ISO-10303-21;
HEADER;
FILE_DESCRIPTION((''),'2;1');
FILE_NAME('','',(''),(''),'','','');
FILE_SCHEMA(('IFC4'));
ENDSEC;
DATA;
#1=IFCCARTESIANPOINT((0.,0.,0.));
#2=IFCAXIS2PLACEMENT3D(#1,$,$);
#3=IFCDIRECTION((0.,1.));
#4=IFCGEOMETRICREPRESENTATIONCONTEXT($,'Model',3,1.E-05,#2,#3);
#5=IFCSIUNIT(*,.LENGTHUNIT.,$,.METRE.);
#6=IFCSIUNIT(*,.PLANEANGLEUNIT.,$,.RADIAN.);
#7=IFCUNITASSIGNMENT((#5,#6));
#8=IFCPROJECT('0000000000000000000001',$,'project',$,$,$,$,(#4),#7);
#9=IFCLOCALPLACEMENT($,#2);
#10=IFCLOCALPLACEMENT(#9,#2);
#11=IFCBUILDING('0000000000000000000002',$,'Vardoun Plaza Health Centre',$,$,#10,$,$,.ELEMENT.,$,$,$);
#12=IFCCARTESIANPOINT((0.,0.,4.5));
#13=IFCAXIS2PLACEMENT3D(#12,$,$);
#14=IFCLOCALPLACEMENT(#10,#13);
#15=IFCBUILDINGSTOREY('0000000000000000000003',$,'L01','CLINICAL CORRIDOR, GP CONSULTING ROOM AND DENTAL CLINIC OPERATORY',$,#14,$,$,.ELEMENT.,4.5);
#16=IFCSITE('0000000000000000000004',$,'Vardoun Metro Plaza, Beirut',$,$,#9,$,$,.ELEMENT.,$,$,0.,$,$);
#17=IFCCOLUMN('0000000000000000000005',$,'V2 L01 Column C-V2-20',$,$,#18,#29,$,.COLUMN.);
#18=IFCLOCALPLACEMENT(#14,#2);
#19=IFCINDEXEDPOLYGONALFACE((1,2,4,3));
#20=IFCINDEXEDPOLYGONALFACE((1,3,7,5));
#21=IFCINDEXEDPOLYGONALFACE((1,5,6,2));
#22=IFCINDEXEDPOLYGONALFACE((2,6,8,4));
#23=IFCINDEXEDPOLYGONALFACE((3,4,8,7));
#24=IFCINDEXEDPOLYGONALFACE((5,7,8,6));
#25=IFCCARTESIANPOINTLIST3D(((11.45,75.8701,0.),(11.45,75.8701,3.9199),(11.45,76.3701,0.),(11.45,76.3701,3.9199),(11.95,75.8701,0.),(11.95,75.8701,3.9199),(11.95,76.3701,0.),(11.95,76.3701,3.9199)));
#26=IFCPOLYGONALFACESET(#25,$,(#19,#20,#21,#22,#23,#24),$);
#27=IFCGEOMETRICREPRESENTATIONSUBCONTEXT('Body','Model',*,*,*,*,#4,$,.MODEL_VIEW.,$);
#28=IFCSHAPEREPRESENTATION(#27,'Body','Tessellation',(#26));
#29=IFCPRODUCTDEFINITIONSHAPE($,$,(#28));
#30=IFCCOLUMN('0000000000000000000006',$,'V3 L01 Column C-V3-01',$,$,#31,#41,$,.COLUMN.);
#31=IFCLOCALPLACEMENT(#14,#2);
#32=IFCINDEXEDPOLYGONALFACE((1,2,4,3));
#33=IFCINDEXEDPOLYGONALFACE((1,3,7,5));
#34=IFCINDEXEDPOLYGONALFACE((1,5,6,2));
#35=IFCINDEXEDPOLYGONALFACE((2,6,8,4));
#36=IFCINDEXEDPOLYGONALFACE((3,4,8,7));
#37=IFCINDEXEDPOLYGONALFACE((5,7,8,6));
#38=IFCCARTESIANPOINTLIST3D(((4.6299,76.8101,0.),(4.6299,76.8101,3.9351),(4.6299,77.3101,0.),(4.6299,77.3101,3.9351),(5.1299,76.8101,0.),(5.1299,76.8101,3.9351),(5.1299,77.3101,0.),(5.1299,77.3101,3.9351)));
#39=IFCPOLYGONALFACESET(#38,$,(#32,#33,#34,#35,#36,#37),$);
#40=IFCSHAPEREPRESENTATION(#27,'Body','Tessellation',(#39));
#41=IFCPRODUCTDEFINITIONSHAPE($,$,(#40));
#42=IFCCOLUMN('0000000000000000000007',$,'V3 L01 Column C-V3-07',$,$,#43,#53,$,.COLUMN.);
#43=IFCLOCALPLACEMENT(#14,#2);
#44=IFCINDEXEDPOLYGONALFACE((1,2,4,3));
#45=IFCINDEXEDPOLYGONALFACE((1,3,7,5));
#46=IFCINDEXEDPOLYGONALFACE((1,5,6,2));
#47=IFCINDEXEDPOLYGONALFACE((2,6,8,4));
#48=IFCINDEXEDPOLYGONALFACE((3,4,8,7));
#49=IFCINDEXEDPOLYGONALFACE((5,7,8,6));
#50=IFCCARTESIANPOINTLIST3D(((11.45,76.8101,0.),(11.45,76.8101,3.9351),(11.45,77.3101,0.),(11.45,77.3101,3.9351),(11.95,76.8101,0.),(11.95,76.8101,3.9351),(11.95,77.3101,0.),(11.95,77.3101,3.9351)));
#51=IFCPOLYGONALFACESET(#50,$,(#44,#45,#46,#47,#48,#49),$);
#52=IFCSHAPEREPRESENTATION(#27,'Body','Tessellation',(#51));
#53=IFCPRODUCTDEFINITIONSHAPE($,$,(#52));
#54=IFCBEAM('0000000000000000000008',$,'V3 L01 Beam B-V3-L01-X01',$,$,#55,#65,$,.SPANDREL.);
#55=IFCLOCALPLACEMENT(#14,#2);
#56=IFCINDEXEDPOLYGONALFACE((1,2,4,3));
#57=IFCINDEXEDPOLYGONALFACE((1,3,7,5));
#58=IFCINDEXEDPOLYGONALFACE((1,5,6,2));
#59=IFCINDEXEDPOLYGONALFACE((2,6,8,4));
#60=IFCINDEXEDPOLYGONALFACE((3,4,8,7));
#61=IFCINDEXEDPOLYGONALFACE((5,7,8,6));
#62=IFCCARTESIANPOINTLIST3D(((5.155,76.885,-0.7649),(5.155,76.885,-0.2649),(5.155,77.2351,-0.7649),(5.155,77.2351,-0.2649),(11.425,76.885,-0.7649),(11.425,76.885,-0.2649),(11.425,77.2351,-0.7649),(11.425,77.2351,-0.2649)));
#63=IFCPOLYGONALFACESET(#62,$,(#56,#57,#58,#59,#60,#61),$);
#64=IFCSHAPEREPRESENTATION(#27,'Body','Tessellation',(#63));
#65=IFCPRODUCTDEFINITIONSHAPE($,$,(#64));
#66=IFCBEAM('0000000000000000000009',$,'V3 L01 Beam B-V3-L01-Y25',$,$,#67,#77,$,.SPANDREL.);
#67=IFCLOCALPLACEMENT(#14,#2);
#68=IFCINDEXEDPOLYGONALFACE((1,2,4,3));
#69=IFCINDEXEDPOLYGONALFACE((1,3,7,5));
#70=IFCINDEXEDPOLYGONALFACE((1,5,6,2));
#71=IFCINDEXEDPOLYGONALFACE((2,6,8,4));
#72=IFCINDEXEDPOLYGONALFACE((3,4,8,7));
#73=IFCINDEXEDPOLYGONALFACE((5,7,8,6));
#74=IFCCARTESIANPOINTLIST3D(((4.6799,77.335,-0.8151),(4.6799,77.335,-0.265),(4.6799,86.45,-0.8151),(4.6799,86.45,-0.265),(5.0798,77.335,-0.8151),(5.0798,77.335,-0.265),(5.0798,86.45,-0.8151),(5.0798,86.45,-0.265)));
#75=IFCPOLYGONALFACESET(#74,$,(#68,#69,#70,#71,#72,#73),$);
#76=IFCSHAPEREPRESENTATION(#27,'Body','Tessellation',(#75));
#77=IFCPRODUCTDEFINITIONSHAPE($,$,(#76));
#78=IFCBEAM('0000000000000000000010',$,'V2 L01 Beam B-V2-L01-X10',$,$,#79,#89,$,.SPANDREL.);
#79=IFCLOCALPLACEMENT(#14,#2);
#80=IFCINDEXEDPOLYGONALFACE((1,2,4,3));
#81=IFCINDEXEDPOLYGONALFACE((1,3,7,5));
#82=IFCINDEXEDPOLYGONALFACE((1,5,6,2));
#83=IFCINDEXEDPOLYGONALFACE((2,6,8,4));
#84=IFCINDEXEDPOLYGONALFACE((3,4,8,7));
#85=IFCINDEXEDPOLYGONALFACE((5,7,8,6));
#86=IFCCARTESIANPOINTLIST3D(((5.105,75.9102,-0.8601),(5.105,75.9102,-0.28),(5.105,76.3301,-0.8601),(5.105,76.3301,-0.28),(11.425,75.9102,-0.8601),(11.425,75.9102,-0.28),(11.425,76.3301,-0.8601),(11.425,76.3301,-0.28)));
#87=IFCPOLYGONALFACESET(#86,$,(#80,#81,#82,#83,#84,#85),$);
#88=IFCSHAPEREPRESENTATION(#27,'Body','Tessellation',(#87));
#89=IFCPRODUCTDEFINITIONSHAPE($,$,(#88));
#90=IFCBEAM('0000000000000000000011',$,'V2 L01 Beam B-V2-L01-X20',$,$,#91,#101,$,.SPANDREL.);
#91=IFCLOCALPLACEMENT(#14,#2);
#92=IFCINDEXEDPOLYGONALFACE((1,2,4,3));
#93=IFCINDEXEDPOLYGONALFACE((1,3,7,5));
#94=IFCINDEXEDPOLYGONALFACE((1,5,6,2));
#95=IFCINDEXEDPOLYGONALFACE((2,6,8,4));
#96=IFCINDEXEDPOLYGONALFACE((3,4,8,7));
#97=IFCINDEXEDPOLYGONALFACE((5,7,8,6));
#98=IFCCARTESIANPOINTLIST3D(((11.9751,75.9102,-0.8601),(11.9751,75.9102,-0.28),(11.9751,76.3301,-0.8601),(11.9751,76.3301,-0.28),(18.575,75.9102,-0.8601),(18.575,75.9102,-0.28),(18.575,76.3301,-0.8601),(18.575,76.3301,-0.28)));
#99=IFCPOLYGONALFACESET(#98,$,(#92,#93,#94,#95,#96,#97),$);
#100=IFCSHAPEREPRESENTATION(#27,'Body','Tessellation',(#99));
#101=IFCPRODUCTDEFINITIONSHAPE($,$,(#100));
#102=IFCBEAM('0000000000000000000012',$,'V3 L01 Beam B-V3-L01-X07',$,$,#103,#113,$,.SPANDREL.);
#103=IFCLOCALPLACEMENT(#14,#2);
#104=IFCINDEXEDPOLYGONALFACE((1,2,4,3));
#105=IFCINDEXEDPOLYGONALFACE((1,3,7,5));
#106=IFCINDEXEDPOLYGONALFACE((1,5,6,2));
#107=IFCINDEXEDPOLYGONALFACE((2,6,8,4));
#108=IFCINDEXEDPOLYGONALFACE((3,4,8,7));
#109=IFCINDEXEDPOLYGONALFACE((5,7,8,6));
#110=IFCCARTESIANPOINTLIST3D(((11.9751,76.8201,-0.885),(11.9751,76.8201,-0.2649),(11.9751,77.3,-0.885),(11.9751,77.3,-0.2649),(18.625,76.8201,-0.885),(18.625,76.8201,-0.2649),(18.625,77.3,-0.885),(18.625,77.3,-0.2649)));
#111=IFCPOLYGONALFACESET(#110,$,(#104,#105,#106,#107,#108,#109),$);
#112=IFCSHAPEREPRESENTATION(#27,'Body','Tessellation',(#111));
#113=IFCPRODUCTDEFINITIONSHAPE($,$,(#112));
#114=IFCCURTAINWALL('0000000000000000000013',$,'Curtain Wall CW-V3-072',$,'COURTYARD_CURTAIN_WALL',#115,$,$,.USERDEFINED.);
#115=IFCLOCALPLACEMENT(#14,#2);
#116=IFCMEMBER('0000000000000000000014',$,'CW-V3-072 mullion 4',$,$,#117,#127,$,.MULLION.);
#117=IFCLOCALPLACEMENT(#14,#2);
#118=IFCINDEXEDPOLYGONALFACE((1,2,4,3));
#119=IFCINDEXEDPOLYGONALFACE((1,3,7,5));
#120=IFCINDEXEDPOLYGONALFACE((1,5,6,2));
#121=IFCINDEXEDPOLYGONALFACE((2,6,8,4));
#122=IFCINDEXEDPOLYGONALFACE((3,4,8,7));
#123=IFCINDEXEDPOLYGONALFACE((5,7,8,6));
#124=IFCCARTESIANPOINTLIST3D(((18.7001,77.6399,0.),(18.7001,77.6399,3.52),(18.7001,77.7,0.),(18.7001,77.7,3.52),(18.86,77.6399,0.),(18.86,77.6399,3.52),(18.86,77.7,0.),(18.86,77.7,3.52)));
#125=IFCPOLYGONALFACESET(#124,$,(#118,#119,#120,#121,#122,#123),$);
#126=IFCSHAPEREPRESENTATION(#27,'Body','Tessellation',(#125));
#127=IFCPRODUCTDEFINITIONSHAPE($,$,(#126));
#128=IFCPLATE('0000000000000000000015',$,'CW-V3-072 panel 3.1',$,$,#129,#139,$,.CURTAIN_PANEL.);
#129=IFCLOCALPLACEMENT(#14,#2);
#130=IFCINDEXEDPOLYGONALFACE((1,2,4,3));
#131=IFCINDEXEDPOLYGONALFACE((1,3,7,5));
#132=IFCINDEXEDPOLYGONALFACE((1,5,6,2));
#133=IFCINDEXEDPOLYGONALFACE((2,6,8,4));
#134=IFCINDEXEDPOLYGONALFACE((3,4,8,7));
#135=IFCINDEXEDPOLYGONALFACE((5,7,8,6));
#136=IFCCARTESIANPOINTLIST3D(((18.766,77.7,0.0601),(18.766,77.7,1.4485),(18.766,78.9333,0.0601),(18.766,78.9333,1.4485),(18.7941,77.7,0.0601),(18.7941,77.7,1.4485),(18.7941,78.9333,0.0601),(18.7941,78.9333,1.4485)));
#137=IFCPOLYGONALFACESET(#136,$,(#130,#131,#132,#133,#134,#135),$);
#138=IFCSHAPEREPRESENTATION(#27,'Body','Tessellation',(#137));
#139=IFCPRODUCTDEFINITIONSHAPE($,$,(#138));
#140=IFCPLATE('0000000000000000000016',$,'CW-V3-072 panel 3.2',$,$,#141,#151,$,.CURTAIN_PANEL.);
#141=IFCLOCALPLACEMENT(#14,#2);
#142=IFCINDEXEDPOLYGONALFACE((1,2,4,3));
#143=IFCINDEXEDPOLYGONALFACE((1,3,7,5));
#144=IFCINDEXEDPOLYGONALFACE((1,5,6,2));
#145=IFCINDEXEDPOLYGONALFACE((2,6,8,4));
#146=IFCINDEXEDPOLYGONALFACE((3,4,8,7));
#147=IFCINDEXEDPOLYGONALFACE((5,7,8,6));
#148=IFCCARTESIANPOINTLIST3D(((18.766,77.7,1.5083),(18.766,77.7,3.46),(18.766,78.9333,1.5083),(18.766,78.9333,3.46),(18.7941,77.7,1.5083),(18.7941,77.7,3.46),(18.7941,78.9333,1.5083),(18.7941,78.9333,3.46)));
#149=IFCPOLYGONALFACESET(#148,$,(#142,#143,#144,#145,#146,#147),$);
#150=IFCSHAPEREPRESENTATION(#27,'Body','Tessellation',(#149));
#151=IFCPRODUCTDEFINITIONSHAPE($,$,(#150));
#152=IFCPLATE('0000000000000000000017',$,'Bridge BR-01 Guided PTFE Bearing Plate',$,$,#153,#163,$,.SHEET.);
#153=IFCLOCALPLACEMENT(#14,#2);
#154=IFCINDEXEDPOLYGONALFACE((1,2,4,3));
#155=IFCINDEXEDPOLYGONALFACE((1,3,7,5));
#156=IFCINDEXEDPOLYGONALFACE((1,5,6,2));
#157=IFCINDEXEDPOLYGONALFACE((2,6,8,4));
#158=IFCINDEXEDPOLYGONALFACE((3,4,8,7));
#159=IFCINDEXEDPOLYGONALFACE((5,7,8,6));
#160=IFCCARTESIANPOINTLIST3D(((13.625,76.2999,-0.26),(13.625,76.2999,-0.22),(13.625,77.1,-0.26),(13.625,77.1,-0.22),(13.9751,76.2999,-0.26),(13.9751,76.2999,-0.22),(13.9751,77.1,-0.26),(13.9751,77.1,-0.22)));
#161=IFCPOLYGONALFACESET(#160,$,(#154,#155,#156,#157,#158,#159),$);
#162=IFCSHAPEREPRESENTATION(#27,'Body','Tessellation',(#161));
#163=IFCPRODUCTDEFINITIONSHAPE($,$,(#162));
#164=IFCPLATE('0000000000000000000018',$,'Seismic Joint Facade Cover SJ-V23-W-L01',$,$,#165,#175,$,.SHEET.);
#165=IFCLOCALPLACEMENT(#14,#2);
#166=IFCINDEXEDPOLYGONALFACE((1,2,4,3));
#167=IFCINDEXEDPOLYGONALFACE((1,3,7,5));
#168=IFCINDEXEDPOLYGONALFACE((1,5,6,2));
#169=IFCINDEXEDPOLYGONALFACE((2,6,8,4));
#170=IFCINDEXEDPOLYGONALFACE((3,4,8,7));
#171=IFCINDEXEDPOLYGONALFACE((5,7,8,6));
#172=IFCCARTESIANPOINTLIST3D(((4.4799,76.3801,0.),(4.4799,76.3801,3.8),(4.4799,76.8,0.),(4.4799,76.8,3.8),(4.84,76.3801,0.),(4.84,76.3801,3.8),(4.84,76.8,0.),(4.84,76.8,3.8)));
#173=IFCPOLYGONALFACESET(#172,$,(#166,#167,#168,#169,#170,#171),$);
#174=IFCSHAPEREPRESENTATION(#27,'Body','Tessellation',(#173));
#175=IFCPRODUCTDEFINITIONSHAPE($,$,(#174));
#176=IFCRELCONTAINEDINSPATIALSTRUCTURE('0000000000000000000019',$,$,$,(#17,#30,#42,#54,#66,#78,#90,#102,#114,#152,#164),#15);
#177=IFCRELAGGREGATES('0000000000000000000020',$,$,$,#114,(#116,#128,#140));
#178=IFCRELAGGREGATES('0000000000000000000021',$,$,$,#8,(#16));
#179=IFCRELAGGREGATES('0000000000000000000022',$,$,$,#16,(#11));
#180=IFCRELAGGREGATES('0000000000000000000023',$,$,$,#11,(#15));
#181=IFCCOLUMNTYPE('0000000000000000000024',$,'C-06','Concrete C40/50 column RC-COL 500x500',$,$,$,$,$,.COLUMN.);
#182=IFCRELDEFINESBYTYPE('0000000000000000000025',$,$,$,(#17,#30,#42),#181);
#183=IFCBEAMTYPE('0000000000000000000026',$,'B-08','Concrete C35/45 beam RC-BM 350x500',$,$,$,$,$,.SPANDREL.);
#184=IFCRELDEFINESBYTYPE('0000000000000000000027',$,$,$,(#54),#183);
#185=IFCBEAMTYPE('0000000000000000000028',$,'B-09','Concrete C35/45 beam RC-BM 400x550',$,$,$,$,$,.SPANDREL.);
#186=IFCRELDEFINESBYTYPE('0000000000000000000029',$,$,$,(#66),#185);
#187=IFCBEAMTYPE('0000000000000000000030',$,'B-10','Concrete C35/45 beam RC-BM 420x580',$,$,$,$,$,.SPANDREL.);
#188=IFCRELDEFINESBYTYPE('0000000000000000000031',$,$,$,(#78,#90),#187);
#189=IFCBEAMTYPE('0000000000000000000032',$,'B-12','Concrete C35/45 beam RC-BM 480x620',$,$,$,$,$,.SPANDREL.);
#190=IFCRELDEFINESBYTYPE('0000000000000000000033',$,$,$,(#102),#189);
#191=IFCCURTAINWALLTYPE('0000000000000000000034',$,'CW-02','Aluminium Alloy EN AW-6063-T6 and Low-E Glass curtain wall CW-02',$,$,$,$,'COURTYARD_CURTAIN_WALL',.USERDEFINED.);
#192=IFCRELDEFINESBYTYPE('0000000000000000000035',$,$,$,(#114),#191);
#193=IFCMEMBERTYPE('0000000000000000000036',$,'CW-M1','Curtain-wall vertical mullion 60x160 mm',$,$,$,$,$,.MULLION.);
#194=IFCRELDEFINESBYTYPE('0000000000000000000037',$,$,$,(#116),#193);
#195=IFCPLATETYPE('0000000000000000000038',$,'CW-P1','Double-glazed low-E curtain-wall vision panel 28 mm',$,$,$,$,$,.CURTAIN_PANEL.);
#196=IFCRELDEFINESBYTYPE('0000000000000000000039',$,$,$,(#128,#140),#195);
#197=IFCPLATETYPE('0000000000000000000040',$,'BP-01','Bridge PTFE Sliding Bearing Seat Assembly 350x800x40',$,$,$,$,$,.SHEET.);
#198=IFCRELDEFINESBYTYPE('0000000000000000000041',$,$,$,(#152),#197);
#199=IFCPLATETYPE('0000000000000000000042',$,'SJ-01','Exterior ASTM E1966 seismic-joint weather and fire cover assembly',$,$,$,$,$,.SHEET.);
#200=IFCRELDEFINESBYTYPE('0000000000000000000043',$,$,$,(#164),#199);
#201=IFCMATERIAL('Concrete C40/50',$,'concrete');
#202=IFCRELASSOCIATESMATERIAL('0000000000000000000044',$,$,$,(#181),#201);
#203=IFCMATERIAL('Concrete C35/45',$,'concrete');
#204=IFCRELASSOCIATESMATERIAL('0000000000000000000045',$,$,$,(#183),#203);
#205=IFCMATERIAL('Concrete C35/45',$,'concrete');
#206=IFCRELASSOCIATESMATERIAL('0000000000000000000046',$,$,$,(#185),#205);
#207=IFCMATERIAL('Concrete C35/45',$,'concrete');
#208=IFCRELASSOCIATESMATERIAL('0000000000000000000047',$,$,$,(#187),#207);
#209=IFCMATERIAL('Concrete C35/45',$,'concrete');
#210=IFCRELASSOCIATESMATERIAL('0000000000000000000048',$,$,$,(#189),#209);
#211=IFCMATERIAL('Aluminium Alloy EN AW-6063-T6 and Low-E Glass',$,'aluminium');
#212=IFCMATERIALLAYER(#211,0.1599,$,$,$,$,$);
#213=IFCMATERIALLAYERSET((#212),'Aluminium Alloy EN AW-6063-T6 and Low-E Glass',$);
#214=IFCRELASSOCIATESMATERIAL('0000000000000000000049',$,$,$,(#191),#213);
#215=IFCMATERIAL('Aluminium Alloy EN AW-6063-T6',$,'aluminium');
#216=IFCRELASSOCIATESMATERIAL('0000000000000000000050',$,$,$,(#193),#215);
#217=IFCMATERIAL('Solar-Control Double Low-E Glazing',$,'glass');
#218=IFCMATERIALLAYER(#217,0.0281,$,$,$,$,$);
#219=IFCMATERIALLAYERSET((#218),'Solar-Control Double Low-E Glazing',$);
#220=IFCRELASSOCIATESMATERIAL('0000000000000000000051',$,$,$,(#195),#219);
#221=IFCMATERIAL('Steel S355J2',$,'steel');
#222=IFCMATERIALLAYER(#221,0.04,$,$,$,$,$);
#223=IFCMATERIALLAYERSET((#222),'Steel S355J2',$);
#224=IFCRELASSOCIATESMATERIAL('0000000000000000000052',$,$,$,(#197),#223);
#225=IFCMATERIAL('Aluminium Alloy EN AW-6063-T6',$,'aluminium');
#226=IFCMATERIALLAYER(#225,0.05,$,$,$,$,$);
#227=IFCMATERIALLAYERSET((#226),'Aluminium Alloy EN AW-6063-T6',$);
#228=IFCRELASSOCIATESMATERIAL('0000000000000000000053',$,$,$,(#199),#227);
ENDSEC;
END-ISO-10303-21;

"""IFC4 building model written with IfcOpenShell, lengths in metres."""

from ifc_helpers import new_model, si_unit, direction, frame, origin, origin_2d, place, context, subcontext, project, spatial, rectangle, extrude, material, layer, layer_set, material_profile, profile_set, type_object, element, aggregate, save


model = new_model("IFC4")

# Units and contexts
model_context = context("Model", 3, precision=1e-05, world=origin(), true_north=direction((0.0, 1.0)))
body_context = subcontext(model_context, "Body", "Model", "MODEL_VIEW")
ifc_project = project(units=[si_unit("LENGTHUNIT", "METRE"), si_unit("PLANEANGLEUNIT", "RADIAN")], contexts=[model_context])

# Site, building, storey
site_placement = place(None, origin())
site = spatial("IfcSite", under=ifc_project, at=site_placement, Name="Vardoun Metro Plaza, Beirut", CompositionType="ELEMENT", RefElevation=0.0)
building_placement = place(site_placement, origin())
building = spatial("IfcBuilding", under=site, at=building_placement, Name="Vardoun Plaza Health Centre", CompositionType="ELEMENT")
storey_placement = place(building_placement, frame((0.0, 0.0, 4.5)))
storey = spatial("IfcBuildingStorey", under=building, at=storey_placement, Name="L01", Description="CLINICAL CORRIDOR, GP CONSULTING ROOM AND DENTAL CLINIC OPERATORY", CompositionType="ELEMENT", Elevation=4.5)

# Columns
ifc_material_1 = material(Name="Concrete C40/50", Category="concrete")
ifc_material_profile_1 = material_profile(ifc_material_1, rectangle(XDim=0.5, YDim=0.5, at=origin_2d()), Name="RC-COL 500x500")
ifc_profile_set_1 = profile_set([ifc_material_profile_1], Name="Concrete C40/50")
column_type = type_object("IfcColumnType", Name="C-06", Description="Concrete C40/50 column RC-COL 500x500", PredefinedType="COLUMN", material=ifc_profile_set_1)
column_placement = place(storey_placement, frame((11.7, 76.1201, 0.0), z_axis=(0.0, 0.0, 1.0), x_axis=(1.0, 0.0, 0.0)))
element("IfcColumn", 1, at=column_placement, inside=storey, type_object=column_type, Name="V2 L01 Column C-V2-20", PredefinedType="COLUMN", context=body_context, shape_type="SweptSolid", body=[
    extrude(rectangle(XDim=0.5, YDim=0.5, at=origin_2d()), origin(), (0.0, 0.0, 1.0), 3.9199),
])
for number, where, z_axis, x_axis, name in (
    (2, (4.8799, 77.0601, 0.0), (0.0, 0.0, 1.0), (1.0, 0.0, 0.0), "V3 L01 Column C-V3-01"),
    (3, (11.7, 77.0601, 0.0), (0.0, 0.0, 1.0), (1.0, 0.0, 0.0), "V3 L01 Column C-V3-07"),
):
    element("IfcColumn", number, at=place(storey_placement, frame(where, z_axis=z_axis, x_axis=x_axis)), inside=storey, type_object=column_type, Name=name, PredefinedType="COLUMN", context=body_context, shape_type="SweptSolid", body=[
        extrude(rectangle(XDim=0.5, YDim=0.5, at=origin_2d()), origin(), (0.0, 0.0, 1.0), 3.9351),
    ])

# Beams
ifc_material_2 = material(Name="Concrete C35/45", Category="concrete")
ifc_material_profile_2 = material_profile(ifc_material_2, rectangle(XDim=0.3501, YDim=0.5, at=origin_2d()), Name="RC-BM 350x500")
ifc_profile_set_2 = profile_set([ifc_material_profile_2], Name="Concrete C35/45")
beam_type_1 = type_object("IfcBeamType", Name="B-08", Description="Concrete C35/45 beam RC-BM 350x500", PredefinedType="SPANDREL", material=ifc_profile_set_2)
beam_1_placement = place(storey_placement, frame((5.155, 77.0601, -0.5149), z_axis=(1.0, 0.0, 0.0), x_axis=(0.0, 1.0, 0.0)))
element("IfcBeam", 4, at=beam_1_placement, inside=storey, type_object=beam_type_1, Name="V3 L01 Beam B-V3-L01-X01", PredefinedType="SPANDREL", context=body_context, shape_type="SweptSolid", body=[
    extrude(rectangle(XDim=0.3501, YDim=0.5, at=origin_2d()), origin(), (0.0, 0.0, 1.0), 6.27),
])
ifc_material_3 = material(Name="Concrete C35/45", Category="concrete")
ifc_material_profile_3 = material_profile(ifc_material_3, rectangle(XDim=0.3999, YDim=0.55, at=origin_2d()), Name="RC-BM 400x550")
ifc_profile_set_3 = profile_set([ifc_material_profile_3], Name="Concrete C35/45")
beam_type_2 = type_object("IfcBeamType", Name="B-09", Description="Concrete C35/45 beam RC-BM 400x550", PredefinedType="SPANDREL", material=ifc_profile_set_3)
beam_2_placement = place(storey_placement, frame((4.8799, 77.335, -0.54), z_axis=(0.0, 1.0, 0.0), x_axis=(-1.0, 0.0, 0.0)))
element("IfcBeam", 5, at=beam_2_placement, inside=storey, type_object=beam_type_2, Name="V3 L01 Beam B-V3-L01-Y25", PredefinedType="SPANDREL", context=body_context, shape_type="SweptSolid", body=[
    extrude(rectangle(XDim=0.3999, YDim=0.55, at=origin_2d()), origin(), (0.0, 0.0, 1.0), 9.115),
])
ifc_material_4 = material(Name="Concrete C35/45", Category="concrete")
ifc_material_profile_4 = material_profile(ifc_material_4, rectangle(XDim=0.4199, YDim=0.5801, at=origin_2d()), Name="RC-BM 420x580")
ifc_profile_set_4 = profile_set([ifc_material_profile_4], Name="Concrete C35/45")
beam_type_3 = type_object("IfcBeamType", Name="B-10", Description="Concrete C35/45 beam RC-BM 420x580", PredefinedType="SPANDREL", material=ifc_profile_set_4)
beam_3_placement = place(storey_placement, frame((5.105, 76.1201, -0.5701), z_axis=(1.0, 0.0, 0.0), x_axis=(0.0, 1.0, 0.0)))
element("IfcBeam", 6, at=beam_3_placement, inside=storey, type_object=beam_type_3, Name="V2 L01 Beam B-V2-L01-X10", PredefinedType="SPANDREL", context=body_context, shape_type="SweptSolid", body=[
    extrude(rectangle(XDim=0.4199, YDim=0.5801, at=origin_2d()), origin(), (0.0, 0.0, 1.0), 6.3201),
])
beam_4_placement = place(storey_placement, frame((11.9751, 76.1201, -0.5701), z_axis=(1.0, 0.0, 0.0), x_axis=(0.0, 1.0, 0.0)))
element("IfcBeam", 7, at=beam_4_placement, inside=storey, type_object=beam_type_3, Name="V2 L01 Beam B-V2-L01-X20", PredefinedType="SPANDREL", context=body_context, shape_type="SweptSolid", body=[
    extrude(rectangle(XDim=0.4199, YDim=0.5801, at=origin_2d()), origin(), (0.0, 0.0, 1.0), 6.5999),
])
ifc_material_5 = material(Name="Concrete C35/45", Category="concrete")
ifc_material_profile_5 = material_profile(ifc_material_5, rectangle(XDim=0.48, YDim=0.6201, at=origin_2d()), Name="RC-BM 480x620")
ifc_profile_set_5 = profile_set([ifc_material_profile_5], Name="Concrete C35/45")
beam_type_4 = type_object("IfcBeamType", Name="B-12", Description="Concrete C35/45 beam RC-BM 480x620", PredefinedType="SPANDREL", material=ifc_profile_set_5)
beam_5_placement = place(storey_placement, frame((11.9751, 77.0601, -0.575), z_axis=(1.0, 0.0, 0.0), x_axis=(0.0, 1.0, 0.0)))
element("IfcBeam", 8, at=beam_5_placement, inside=storey, type_object=beam_type_4, Name="V3 L01 Beam B-V3-L01-X07", PredefinedType="SPANDREL", context=body_context, shape_type="SweptSolid", body=[
    extrude(rectangle(XDim=0.48, YDim=0.6201, at=origin_2d()), origin(), (0.0, 0.0, 1.0), 6.6499),
])

# Curtain wall, member, plates
ifc_material_6 = material(Name="Aluminium Alloy EN AW-6063-T6 and Low-E Glass", Category="aluminium")
ifc_layer_1 = layer(ifc_material_6, 0.1599)
ifc_layer_set_1 = layer_set([ifc_layer_1], Name="Aluminium Alloy EN AW-6063-T6 and Low-E Glass")
curtain_wall_type = type_object("IfcCurtainWallType", Name="CW-02", Description="Aluminium Alloy EN AW-6063-T6 and Low-E Glass curtain wall CW-02", ElementType="COURTYARD_CURTAIN_WALL", PredefinedType="USERDEFINED", material=ifc_layer_set_1)
curtain_wall_placement = place(storey_placement, origin())
curtain_wall = element("IfcCurtainWall", 9, at=curtain_wall_placement, inside=storey, type_object=curtain_wall_type, Name="Curtain Wall CW-V3-072", ObjectType="COURTYARD_CURTAIN_WALL", PredefinedType="USERDEFINED")
ifc_material_7 = material(Name="Aluminium Alloy EN AW-6063-T6", Category="aluminium")
ifc_material_profile_6 = material_profile(ifc_material_7, rectangle(XDim=0.1599, YDim=0.0601, at=origin_2d()), Name="CWM 60x160")
ifc_profile_set_6 = profile_set([ifc_material_profile_6], Name="Aluminium Alloy EN AW-6063-T6")
member_type = type_object("IfcMemberType", Name="CW-M1", Description="Curtain-wall vertical mullion 60x160 mm", PredefinedType="MULLION", material=ifc_profile_set_6)
member_placement = place(storey_placement, frame((18.78, 77.6699, 0.0), z_axis=(0.0, 0.0, 1.0), x_axis=(1.0, 0.0, 0.0)))
member = element("IfcMember", 10, at=member_placement, type_object=member_type, Name="CW-V3-072 mullion 4", PredefinedType="MULLION", context=body_context, shape_type="SweptSolid", body=[
    extrude(rectangle(XDim=0.1599, YDim=0.0601, at=origin_2d()), origin(), (0.0, 0.0, 1.0), 3.52),
])
ifc_material_8 = material(Name="Solar-Control Double Low-E Glazing", Category="glass")
ifc_layer_2 = layer(ifc_material_8, 0.0281)
ifc_layer_set_2 = layer_set([ifc_layer_2], Name="Solar-Control Double Low-E Glazing")
plate_type_1 = type_object("IfcPlateType", Name="CW-P1", Description="Double-glazed low-E curtain-wall vision panel 28 mm", PredefinedType="CURTAIN_PANEL", material=ifc_layer_set_2)
plate_1_placement = place(storey_placement, frame((18.78, 78.3167, 0.0601), z_axis=(0.0, 0.0, 1.0), x_axis=(0.0, -1.0, 0.0)))
plate_1 = element("IfcPlate", 11, at=plate_1_placement, type_object=plate_type_1, Name="CW-V3-072 panel 3.1", PredefinedType="CURTAIN_PANEL", context=body_context, shape_type="SweptSolid", body=[
    extrude(rectangle(XDim=1.2334, YDim=0.0281, at=origin_2d()), origin(), (0.0, 0.0, 1.0), 1.3884),
])
plate_2_placement = place(storey_placement, frame((18.78, 78.3167, 1.5083), z_axis=(0.0, 0.0, 1.0), x_axis=(0.0, -1.0, 0.0)))
plate_2 = element("IfcPlate", 12, at=plate_2_placement, type_object=plate_type_1, Name="CW-V3-072 panel 3.2", PredefinedType="CURTAIN_PANEL", context=body_context, shape_type="SweptSolid", body=[
    extrude(rectangle(XDim=1.2334, YDim=0.0281, at=origin_2d()), origin(), (0.0, 0.0, 1.0), 1.9517),
])
aggregate(curtain_wall, [member, plate_1, plate_2])

# Plates
ifc_material_9 = material(Name="Steel S355J2", Category="steel")
ifc_layer_3 = layer(ifc_material_9, 0.04)
ifc_layer_set_3 = layer_set([ifc_layer_3], Name="Steel S355J2")
plate_type_2 = type_object("IfcPlateType", Name="BP-01", Description="Bridge PTFE Sliding Bearing Seat Assembly 350x800x40", PredefinedType="SHEET", material=ifc_layer_set_3)
plate_3_placement = place(storey_placement, frame((13.8, 76.7, -0.26), z_axis=(0.0, 0.0, 1.0), x_axis=(1.0, 0.0, 0.0)))
element("IfcPlate", 13, at=plate_3_placement, inside=storey, type_object=plate_type_2, Name="Bridge BR-01 Guided PTFE Bearing Plate", PredefinedType="SHEET", context=body_context, shape_type="SweptSolid", body=[
    extrude(rectangle(XDim=0.3501, YDim=0.8, at=origin_2d()), origin(), (0.0, 0.0, 1.0), 0.04),
])
ifc_material_10 = material(Name="Aluminium Alloy EN AW-6063-T6", Category="aluminium")
ifc_layer_4 = layer(ifc_material_10, 0.05)
ifc_layer_set_4 = layer_set([ifc_layer_4], Name="Aluminium Alloy EN AW-6063-T6")
plate_type_3 = type_object("IfcPlateType", Name="SJ-01", Description="Exterior ASTM E1966 seismic-joint weather and fire cover assembly", PredefinedType="SHEET", material=ifc_layer_set_4)
for number, where, z_axis, x_axis, name in (
    (14, (4.6599, 76.5901, 0.0), (0.0, 0.0, 1.0), (1.0, 0.0, 0.0), "Seismic Joint Facade Cover SJ-V23-W-L01"),
):
    element("IfcPlate", number, at=place(storey_placement, frame(where, z_axis=z_axis, x_axis=x_axis)), inside=storey, type_object=plate_type_3, Name=name, PredefinedType="SHEET", context=body_context, shape_type="SweptSolid", body=[
        extrude(rectangle(XDim=0.3601, YDim=0.4199, at=origin_2d()), origin(), (0.0, 0.0, 1.0), 3.8),
    ])

save(model, "model.ifc")
